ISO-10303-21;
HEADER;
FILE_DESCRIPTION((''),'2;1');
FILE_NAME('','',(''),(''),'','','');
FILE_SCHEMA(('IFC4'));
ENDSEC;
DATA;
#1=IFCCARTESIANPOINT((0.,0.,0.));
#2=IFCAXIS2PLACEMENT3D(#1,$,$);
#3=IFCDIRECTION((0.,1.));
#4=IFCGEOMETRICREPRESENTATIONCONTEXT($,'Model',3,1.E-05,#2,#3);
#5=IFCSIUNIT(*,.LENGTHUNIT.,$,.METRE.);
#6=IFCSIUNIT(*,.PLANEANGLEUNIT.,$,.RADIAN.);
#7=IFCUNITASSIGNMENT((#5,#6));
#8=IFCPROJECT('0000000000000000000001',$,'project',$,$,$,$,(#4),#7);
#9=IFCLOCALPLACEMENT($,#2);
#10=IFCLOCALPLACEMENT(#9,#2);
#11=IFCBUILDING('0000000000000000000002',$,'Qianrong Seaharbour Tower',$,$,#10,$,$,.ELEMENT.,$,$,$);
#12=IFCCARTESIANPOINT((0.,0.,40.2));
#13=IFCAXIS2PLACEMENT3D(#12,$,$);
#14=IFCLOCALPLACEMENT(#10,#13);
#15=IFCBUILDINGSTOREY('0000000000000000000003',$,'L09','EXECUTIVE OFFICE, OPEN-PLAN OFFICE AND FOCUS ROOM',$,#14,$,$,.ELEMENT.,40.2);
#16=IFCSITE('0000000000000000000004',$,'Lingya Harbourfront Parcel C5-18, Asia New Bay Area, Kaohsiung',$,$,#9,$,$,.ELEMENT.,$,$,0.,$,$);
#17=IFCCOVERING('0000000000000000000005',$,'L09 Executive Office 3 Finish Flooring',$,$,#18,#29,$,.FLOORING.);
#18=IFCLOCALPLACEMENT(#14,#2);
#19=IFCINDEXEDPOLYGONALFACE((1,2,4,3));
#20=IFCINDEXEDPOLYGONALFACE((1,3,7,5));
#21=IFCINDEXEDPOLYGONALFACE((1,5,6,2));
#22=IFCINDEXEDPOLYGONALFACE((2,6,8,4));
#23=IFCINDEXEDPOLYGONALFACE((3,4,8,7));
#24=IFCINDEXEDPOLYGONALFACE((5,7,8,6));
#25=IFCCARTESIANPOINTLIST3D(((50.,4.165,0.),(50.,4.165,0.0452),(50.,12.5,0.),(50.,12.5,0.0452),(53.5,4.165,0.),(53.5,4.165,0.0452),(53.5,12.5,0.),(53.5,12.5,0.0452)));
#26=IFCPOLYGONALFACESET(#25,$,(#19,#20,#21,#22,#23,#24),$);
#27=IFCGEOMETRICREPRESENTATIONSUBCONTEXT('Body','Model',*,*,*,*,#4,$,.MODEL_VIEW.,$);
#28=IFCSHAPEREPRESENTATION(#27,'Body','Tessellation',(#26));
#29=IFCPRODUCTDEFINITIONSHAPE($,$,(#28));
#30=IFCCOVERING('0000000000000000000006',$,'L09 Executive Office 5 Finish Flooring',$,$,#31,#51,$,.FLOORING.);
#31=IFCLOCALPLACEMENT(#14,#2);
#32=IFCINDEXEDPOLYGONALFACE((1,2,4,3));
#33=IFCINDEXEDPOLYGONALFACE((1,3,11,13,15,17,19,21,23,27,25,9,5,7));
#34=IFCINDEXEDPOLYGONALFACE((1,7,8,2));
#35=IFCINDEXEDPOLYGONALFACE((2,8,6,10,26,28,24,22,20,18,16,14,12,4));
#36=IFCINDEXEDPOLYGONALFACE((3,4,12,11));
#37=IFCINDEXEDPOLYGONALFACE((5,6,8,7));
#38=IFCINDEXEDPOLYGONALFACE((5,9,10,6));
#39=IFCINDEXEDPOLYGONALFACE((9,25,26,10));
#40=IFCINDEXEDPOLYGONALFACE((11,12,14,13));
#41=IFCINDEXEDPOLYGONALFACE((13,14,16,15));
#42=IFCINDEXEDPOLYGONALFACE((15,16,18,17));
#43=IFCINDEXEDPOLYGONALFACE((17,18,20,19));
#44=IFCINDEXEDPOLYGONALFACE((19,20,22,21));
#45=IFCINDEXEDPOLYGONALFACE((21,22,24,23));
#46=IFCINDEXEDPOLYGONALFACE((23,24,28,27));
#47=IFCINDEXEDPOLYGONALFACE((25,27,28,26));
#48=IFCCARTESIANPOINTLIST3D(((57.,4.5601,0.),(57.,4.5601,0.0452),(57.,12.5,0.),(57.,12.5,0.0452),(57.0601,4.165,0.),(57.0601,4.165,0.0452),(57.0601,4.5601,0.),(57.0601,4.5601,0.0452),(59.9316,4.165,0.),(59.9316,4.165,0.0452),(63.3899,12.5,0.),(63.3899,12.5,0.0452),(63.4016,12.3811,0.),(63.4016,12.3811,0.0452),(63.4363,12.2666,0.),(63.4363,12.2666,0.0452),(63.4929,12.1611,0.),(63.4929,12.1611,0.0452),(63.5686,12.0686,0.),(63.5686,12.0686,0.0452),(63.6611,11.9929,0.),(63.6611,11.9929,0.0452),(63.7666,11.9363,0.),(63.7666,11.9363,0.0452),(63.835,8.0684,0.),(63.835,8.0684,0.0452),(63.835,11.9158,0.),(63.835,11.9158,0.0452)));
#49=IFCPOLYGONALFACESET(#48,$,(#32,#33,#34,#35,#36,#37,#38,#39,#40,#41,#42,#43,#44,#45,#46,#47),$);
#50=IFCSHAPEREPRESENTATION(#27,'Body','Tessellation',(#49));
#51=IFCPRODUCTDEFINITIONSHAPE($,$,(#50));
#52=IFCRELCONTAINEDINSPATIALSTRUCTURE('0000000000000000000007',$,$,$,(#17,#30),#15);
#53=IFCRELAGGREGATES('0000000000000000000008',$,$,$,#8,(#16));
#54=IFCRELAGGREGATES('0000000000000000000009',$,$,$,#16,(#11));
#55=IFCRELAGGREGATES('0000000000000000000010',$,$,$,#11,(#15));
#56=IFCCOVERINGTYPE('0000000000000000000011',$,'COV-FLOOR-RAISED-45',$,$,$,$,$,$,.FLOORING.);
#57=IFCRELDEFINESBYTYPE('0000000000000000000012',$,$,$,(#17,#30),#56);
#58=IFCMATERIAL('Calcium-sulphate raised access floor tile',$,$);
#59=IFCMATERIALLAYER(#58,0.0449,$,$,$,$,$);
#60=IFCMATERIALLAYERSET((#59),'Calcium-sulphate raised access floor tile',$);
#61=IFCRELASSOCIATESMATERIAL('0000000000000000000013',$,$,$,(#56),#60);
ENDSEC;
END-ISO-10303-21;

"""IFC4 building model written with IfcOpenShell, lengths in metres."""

from ifc_helpers import new_model, si_unit, direction, frame, origin, place, context, subcontext, project, spatial, polyline, outline, extrude, material, layer, layer_set, type_object, element, save


model = new_model("IFC4")

# Units and contexts
model_context = context("Model", 3, precision=1e-05, world=origin(), true_north=direction((0.0, 1.0)))
body_context = subcontext(model_context, "Body", "Model", "MODEL_VIEW")
ifc_project = project(units=[si_unit("LENGTHUNIT", "METRE"), si_unit("PLANEANGLEUNIT", "RADIAN")], contexts=[model_context])

# Site, building, storey
site_placement = place(None, origin())
site = spatial("IfcSite", under=ifc_project, at=site_placement, Name="Lingya Harbourfront Parcel C5-18, Asia New Bay Area, Kaohsiung", CompositionType="ELEMENT", RefElevation=0.0)
building_placement = place(site_placement, origin())
building = spatial("IfcBuilding", under=site, at=building_placement, Name="Qianrong Seaharbour Tower", CompositionType="ELEMENT")
storey_placement = place(building_placement, frame((0.0, 0.0, 40.2)))
storey = spatial("IfcBuildingStorey", under=building, at=storey_placement, Name="L09", Description="EXECUTIVE OFFICE, OPEN-PLAN OFFICE AND FOCUS ROOM", CompositionType="ELEMENT", Elevation=40.2)

# Coverings
ifc_material_1 = material(Name="Calcium-sulphate raised access floor tile")
ifc_layer_1 = layer(ifc_material_1, 0.0449)
ifc_layer_set_1 = layer_set([ifc_layer_1], Name="Calcium-sulphate raised access floor tile")
covering_type_1 = type_object("IfcCoveringType", Name="COV-FLOOR-RAISED-45", PredefinedType="FLOORING", material=ifc_layer_set_1)
covering_1_placement = place(storey_placement, origin())
element("IfcCovering", 1, at=covering_1_placement, inside=storey, type_object=covering_type_1, Name="L09 Executive Office 3 Finish Flooring", PredefinedType="FLOORING", context=body_context, shape_type="SweptSolid", body=[
    extrude(outline(polyline([(53.5, 4.165), (50.0, 4.165), (50.0, 12.5), (53.5, 12.5), (53.5, 4.165)])), origin(), (0.0, 0.0, 1.0), 0.0452),
])
covering_2_placement = place(storey_placement, origin())
element("IfcCovering", 2, at=covering_2_placement, inside=storey, type_object=covering_type_1, Name="L09 Executive Office 5 Finish Flooring", PredefinedType="FLOORING", context=body_context, shape_type="SweptSolid", body=[
    extrude(outline(polyline([(63.835, 8.0684), (59.9316, 4.165), (57.0601, 4.165), (57.0601, 4.5601), (57.0, 4.5601), (57.0, 12.5), (63.3899, 12.5), (63.4016, 12.3811), (63.4363, 12.2666), (63.4929, 12.1611), (63.5686, 12.0686), (63.6611, 11.9929), (63.7666, 11.9363), (63.835, 11.9158), (63.835, 8.0684)])), origin(), (0.0, 0.0, 1.0), 0.0452),
])

save(model, "model.ifc")
